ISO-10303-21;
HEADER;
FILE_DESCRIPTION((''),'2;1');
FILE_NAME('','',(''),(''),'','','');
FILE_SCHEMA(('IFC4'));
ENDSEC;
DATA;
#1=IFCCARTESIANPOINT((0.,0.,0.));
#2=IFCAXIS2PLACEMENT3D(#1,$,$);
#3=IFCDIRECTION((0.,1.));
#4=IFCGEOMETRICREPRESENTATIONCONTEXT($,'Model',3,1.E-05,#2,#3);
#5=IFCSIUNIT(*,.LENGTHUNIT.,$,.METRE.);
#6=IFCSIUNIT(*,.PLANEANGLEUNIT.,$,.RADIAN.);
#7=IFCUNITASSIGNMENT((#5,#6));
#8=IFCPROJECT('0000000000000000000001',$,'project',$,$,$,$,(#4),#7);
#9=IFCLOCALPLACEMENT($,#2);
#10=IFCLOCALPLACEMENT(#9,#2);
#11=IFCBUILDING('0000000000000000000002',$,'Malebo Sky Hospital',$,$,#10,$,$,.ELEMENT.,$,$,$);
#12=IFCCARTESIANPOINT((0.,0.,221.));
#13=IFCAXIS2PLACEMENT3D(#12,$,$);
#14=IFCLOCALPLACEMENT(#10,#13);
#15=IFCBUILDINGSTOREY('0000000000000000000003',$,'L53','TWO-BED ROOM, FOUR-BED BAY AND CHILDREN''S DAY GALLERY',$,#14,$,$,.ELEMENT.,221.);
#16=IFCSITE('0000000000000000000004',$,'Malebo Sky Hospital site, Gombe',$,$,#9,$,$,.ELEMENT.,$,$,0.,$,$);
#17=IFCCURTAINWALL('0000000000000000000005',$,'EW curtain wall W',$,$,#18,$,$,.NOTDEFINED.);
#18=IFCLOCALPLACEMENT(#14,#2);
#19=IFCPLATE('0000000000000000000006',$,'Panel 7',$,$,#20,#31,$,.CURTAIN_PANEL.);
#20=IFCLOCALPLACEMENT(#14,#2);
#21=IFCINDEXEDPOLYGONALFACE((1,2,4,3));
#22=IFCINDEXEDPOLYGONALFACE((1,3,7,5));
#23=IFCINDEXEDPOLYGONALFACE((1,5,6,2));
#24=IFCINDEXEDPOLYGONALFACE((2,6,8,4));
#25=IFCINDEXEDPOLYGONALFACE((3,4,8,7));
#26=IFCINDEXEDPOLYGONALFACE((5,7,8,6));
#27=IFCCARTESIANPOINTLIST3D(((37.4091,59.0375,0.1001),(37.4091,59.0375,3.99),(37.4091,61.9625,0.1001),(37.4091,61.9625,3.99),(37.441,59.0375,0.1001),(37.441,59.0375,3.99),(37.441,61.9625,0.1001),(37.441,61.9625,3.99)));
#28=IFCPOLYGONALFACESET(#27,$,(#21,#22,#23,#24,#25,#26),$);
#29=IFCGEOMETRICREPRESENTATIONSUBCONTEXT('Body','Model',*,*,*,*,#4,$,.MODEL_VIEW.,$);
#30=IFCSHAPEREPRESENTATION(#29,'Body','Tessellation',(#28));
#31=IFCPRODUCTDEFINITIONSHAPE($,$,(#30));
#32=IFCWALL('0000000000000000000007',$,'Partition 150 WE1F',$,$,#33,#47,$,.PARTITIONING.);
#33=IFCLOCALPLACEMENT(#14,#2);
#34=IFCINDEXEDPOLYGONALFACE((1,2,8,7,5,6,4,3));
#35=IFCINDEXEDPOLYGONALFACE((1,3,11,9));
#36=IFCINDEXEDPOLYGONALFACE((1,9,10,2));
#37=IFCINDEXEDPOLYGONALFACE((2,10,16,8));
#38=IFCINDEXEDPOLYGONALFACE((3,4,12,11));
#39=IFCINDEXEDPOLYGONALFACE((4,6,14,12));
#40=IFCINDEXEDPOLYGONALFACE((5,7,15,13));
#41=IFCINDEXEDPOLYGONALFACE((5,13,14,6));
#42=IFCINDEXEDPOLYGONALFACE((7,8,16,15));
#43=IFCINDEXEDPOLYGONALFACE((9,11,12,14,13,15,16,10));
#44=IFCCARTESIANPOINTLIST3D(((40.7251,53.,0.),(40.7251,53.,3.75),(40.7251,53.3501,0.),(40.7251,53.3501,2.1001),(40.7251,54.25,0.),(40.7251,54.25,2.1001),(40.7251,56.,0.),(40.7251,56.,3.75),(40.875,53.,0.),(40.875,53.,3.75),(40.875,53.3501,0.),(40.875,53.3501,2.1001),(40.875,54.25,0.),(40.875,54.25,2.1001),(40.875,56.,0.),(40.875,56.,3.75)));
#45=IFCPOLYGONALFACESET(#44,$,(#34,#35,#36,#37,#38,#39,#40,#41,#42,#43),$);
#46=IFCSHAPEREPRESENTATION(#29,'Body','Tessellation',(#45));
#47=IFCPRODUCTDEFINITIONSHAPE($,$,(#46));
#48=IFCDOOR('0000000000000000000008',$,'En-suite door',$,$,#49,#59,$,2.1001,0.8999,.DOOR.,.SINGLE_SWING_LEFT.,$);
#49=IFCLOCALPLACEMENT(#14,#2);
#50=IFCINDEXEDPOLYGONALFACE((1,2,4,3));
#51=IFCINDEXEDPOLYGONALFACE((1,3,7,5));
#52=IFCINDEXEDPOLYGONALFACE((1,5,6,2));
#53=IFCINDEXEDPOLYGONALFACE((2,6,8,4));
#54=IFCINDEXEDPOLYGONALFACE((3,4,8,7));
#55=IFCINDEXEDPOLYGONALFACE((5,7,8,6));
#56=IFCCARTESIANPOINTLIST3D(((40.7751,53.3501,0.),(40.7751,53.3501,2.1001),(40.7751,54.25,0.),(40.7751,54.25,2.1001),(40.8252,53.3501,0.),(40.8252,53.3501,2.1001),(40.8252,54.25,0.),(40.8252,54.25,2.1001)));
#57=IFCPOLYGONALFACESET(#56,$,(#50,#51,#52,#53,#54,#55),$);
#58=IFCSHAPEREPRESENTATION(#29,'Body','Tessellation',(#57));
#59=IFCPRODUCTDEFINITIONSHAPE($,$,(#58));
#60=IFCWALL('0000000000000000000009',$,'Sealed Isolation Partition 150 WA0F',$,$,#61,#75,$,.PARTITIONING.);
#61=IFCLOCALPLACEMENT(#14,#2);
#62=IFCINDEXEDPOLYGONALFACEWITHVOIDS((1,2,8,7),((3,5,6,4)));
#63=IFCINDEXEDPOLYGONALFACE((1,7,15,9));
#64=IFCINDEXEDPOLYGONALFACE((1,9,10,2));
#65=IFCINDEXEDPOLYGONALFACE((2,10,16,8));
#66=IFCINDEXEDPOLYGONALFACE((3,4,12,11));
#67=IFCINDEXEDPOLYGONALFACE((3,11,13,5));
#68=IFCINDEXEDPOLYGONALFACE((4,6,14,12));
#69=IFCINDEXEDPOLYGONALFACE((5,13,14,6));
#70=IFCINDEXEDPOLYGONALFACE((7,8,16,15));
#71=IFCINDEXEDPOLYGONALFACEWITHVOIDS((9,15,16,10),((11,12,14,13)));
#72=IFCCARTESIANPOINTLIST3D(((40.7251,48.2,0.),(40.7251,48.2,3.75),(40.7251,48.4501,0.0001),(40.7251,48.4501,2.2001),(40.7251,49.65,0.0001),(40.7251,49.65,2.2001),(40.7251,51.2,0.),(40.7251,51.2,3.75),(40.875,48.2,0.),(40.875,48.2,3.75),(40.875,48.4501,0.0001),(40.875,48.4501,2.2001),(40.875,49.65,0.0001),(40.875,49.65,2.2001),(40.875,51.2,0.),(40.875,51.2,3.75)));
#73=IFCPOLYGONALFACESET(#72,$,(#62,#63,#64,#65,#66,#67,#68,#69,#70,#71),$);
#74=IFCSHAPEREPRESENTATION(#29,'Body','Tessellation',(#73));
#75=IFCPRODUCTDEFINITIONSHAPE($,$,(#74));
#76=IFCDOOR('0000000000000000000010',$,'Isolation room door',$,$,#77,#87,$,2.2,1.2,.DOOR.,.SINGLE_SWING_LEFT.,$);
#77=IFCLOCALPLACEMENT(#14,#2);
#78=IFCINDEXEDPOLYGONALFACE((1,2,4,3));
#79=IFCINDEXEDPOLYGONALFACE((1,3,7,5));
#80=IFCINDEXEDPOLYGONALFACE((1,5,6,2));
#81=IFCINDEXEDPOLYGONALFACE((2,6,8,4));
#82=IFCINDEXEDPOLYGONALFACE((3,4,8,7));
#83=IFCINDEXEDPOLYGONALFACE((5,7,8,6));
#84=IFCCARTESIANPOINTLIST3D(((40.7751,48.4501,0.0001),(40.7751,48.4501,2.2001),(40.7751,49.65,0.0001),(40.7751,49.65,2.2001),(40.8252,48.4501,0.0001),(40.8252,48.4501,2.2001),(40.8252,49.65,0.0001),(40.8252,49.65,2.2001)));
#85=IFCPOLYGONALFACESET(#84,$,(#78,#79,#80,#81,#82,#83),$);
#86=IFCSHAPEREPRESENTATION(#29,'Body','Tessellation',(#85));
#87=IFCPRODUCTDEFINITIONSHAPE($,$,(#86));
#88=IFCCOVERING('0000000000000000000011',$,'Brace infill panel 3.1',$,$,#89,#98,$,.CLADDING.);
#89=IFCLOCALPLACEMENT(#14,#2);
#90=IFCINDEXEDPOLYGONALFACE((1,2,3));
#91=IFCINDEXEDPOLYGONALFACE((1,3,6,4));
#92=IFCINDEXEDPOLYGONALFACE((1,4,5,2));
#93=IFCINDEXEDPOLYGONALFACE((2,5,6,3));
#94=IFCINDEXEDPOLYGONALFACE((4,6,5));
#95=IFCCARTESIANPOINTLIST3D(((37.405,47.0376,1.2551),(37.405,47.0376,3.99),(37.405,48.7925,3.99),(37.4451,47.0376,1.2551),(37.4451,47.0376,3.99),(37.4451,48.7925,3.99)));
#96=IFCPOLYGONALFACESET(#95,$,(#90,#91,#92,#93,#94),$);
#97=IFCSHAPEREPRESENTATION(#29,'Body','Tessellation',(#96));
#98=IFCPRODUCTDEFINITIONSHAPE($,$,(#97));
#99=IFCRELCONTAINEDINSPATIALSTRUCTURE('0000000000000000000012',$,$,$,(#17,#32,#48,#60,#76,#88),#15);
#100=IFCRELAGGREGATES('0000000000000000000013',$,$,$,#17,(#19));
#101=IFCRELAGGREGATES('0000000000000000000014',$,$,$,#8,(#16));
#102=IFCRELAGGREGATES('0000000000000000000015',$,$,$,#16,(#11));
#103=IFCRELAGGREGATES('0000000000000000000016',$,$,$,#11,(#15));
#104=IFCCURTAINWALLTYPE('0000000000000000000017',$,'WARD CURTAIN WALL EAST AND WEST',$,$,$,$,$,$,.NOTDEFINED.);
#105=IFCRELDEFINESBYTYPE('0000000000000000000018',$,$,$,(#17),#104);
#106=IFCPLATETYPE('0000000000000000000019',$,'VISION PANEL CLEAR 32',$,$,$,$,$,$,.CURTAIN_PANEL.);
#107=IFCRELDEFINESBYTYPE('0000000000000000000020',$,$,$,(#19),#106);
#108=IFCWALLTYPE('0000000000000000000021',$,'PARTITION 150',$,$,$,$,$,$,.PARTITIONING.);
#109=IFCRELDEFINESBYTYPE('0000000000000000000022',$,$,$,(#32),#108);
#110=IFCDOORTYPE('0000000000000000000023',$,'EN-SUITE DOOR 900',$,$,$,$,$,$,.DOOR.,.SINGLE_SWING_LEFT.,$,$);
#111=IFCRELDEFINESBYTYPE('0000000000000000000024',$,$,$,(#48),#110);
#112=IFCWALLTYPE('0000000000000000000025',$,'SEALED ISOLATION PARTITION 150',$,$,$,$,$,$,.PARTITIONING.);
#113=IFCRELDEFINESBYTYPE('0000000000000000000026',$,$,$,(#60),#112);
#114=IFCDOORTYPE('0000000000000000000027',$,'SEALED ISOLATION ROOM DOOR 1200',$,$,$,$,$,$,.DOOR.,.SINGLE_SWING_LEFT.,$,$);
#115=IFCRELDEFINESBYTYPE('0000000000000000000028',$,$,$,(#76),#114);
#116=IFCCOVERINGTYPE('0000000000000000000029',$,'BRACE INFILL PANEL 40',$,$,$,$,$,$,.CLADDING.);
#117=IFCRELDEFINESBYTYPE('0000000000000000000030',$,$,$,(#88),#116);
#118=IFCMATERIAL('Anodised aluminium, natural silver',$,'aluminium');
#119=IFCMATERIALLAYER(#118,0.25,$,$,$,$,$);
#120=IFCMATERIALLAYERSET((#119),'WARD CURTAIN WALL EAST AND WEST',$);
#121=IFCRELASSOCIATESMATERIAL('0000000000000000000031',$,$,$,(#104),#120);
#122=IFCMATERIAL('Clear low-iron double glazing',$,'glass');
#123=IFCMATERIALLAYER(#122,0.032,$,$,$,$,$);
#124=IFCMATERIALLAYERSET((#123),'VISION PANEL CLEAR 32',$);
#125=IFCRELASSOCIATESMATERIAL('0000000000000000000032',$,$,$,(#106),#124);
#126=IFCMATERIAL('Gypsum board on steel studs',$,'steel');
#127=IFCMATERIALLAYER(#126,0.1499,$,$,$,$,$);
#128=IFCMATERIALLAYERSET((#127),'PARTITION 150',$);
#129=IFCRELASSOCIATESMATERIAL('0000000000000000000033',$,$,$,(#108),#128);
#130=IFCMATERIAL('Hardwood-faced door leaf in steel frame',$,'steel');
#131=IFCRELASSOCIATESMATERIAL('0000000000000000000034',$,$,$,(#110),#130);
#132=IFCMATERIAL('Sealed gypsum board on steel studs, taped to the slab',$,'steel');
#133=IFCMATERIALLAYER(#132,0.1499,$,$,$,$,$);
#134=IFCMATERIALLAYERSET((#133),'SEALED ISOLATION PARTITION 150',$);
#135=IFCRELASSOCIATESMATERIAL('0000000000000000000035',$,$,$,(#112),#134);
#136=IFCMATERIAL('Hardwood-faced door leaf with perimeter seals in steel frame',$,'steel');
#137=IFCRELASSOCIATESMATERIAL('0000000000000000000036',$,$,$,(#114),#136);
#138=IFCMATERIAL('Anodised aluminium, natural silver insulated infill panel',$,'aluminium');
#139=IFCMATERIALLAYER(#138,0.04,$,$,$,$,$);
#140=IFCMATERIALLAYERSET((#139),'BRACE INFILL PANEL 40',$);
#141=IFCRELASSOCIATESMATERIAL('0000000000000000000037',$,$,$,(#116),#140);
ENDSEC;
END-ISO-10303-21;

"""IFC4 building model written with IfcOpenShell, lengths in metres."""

from ifc_helpers import new_model, si_unit, direction, frame, frame_2d, origin, origin_2d, place, context, subcontext, project, spatial, polyline, rectangle, outline, extrude, material, layer, layer_set, type_object, element, fill, aggregate, save


model = new_model("IFC4")

# Units and contexts
model_context = context("Model", 3, precision=1e-05, world=origin(), true_north=direction((0.0, 1.0)))
body_context = subcontext(model_context, "Body", "Model", "MODEL_VIEW")
ifc_project = project(units=[si_unit("LENGTHUNIT", "METRE"), si_unit("PLANEANGLEUNIT", "RADIAN")], contexts=[model_context])

# Site, building, storey
site_placement = place(None, origin())
site = spatial("IfcSite", under=ifc_project, at=site_placement, Name="Malebo Sky Hospital site, Gombe", CompositionType="ELEMENT", RefElevation=0.0)
building_placement = place(site_placement, origin())
building = spatial("IfcBuilding", under=site, at=building_placement, Name="Malebo Sky Hospital", CompositionType="ELEMENT")
storey_placement = place(building_placement, frame((0.0, 0.0, 221.0)))
storey = spatial("IfcBuildingStorey", under=building, at=storey_placement, Name="L53", Description="TWO-BED ROOM, FOUR-BED BAY AND CHILDREN'S DAY GALLERY", CompositionType="ELEMENT", Elevation=221.0)

# Curtain wall
ifc_material_1 = material(Name="Anodised aluminium, natural silver", Category="aluminium")
ifc_layer_1 = layer(ifc_material_1, 0.25)
ifc_layer_set_1 = layer_set([ifc_layer_1], Name="WARD CURTAIN WALL EAST AND WEST")
curtain_wall_type = type_object("IfcCurtainWallType", Name="WARD CURTAIN WALL EAST AND WEST", PredefinedType="NOTDEFINED", material=ifc_layer_set_1)
curtain_wall_placement = place(storey_placement, origin())
curtain_wall = element("IfcCurtainWall", 1, at=curtain_wall_placement, inside=storey, type_object=curtain_wall_type, Name="EW curtain wall W", PredefinedType="NOTDEFINED")

# Plate
ifc_material_2 = material(Name="Clear low-iron double glazing", Category="glass")
ifc_layer_2 = layer(ifc_material_2, 0.032)
ifc_layer_set_2 = layer_set([ifc_layer_2], Name="VISION PANEL CLEAR 32")
plate_type = type_object("IfcPlateType", Name="VISION PANEL CLEAR 32", PredefinedType="CURTAIN_PANEL", material=ifc_layer_set_2)
plate_1_placement = place(storey_placement, frame((37.425, 60.5, 0.1001), z_axis=(0.0, 0.0, 1.0), x_axis=(0.0, 1.0, 0.0)))
plate_1 = element("IfcPlate", 2, at=plate_1_placement, type_object=plate_type, Name="Panel 7", PredefinedType="CURTAIN_PANEL", context=body_context, shape_type="SweptSolid", body=[
    extrude(rectangle(XDim=2.925, YDim=0.032, at=origin_2d()), origin(), (0.0, 0.0, 1.0), 3.8899),
])
aggregate(curtain_wall, [plate_1])

# Walls, openings, doors
ifc_material_3 = material(Name="Gypsum board on steel studs", Category="steel")
ifc_layer_3 = layer(ifc_material_3, 0.1499)
ifc_layer_set_3 = layer_set([ifc_layer_3], Name="PARTITION 150")
wall_type_1 = type_object("IfcWallType", Name="PARTITION 150", PredefinedType="PARTITIONING", material=ifc_layer_set_3)
wall_1_placement = place(storey_placement, frame((40.8, 53.0, 0.0), z_axis=(0.0, 0.0, 1.0), x_axis=(0.0, 1.0, 0.0)))
wall_1 = element("IfcWall", 3, at=wall_1_placement, inside=storey, type_object=wall_type_1, Name="Partition 150 WE1F", PredefinedType="PARTITIONING", context=body_context, shape_type="SweptSolid", body=[
    extrude(rectangle(XDim=3.0, YDim=0.1499, at=frame_2d((1.5, 0.0))), origin(), (0.0, 0.0, 1.0), 3.75),
])
opening_1_placement = place(wall_1_placement, frame((0.3501, 0.0, 0.0)))
opening_1 = element("IfcOpeningElement", 4, at=opening_1_placement, cuts=wall_1, PredefinedType="OPENING", context=body_context, shape_type="SweptSolid", body=[
    extrude(rectangle(XDim=0.8999, YDim=2.1001, at=frame_2d((0.45, 1.05))), frame((0.0, 0.085, 0.0), z_axis=(0.0, -1.0, 0.0), x_axis=(1.0, 0.0, 0.0)), (0.0, 0.0, 1.0), 0.1699),
])
ifc_material_4 = material(Name="Hardwood-faced door leaf in steel frame", Category="steel")
door_type_1 = type_object("IfcDoorType", Name="EN-SUITE DOOR 900", OperationType="SINGLE_SWING_LEFT", PredefinedType="DOOR", material=ifc_material_4)
door_1_placement = place(opening_1_placement, origin())
door_1 = element("IfcDoor", 5, at=door_1_placement, inside=storey, type_object=door_type_1, Name="En-suite door", OperationType="SINGLE_SWING_LEFT", OverallHeight=2.1001, OverallWidth=0.8999, PredefinedType="DOOR", context=body_context, shape_type="SweptSolid", body=[
    extrude(rectangle(XDim=0.8999, YDim=2.1001, at=frame_2d((0.45, 1.05))), frame((0.0, 0.0249, 0.0), z_axis=(0.0, -1.0, 0.0), x_axis=(1.0, 0.0, 0.0)), (0.0, 0.0, 1.0), 0.05),
])
fill(opening_1, door_1)
ifc_material_5 = material(Name="Sealed gypsum board on steel studs, taped to the slab", Category="steel")
ifc_layer_4 = layer(ifc_material_5, 0.1499)
ifc_layer_set_4 = layer_set([ifc_layer_4], Name="SEALED ISOLATION PARTITION 150")
wall_type_2 = type_object("IfcWallType", Name="SEALED ISOLATION PARTITION 150", PredefinedType="PARTITIONING", material=ifc_layer_set_4)
wall_2_placement = place(storey_placement, frame((40.8, 48.2, 0.0), z_axis=(0.0, 0.0, 1.0), x_axis=(0.0, 1.0, 0.0)))
wall_2 = element("IfcWall", 6, at=wall_2_placement, inside=storey, type_object=wall_type_2, Name="Sealed Isolation Partition 150 WA0F", PredefinedType="PARTITIONING", context=body_context, shape_type="SweptSolid", body=[
    extrude(rectangle(XDim=3.0, YDim=0.1499, at=frame_2d((1.5, 0.0))), origin(), (0.0, 0.0, 1.0), 3.75),
])
opening_2_placement = place(wall_2_placement, frame((0.25, 0.0, 0.0)))
opening_2 = element("IfcOpeningElement", 7, at=opening_2_placement, cuts=wall_2, PredefinedType="OPENING", context=body_context, shape_type="SweptSolid", body=[
    extrude(rectangle(XDim=1.2, YDim=2.2, at=frame_2d((0.6001, 1.1001))), frame((0.0, 0.085, 0.0), z_axis=(0.0, -1.0, 0.0), x_axis=(1.0, 0.0, 0.0)), (0.0, 0.0, 1.0), 0.1699),
])
ifc_material_6 = material(Name="Hardwood-faced door leaf with perimeter seals in steel frame", Category="steel")
door_type_2 = type_object("IfcDoorType", Name="SEALED ISOLATION ROOM DOOR 1200", OperationType="SINGLE_SWING_LEFT", PredefinedType="DOOR", material=ifc_material_6)
door_2_placement = place(opening_2_placement, origin())
door_2 = element("IfcDoor", 8, at=door_2_placement, inside=storey, type_object=door_type_2, Name="Isolation room door", OperationType="SINGLE_SWING_LEFT", OverallHeight=2.2, OverallWidth=1.2, PredefinedType="DOOR", context=body_context, shape_type="SweptSolid", body=[
    extrude(rectangle(XDim=1.2, YDim=2.2, at=frame_2d((0.6001, 1.1001))), frame((0.0, 0.0249, 0.0), z_axis=(0.0, -1.0, 0.0), x_axis=(1.0, 0.0, 0.0)), (0.0, 0.0, 1.0), 0.05),
])
fill(opening_2, door_2)

# Covering
ifc_material_7 = material(Name="Anodised aluminium, natural silver insulated infill panel", Category="aluminium")
ifc_layer_5 = layer(ifc_material_7, 0.04)
ifc_layer_set_5 = layer_set([ifc_layer_5], Name="BRACE INFILL PANEL 40")
covering_type = type_object("IfcCoveringType", Name="BRACE INFILL PANEL 40", PredefinedType="CLADDING", material=ifc_layer_set_5)
covering_placement = place(storey_placement, frame((37.425, 47.915, 1.2551), z_axis=(0.0, 0.0, 1.0), x_axis=(0.0, 1.0, 0.0)))
element("IfcCovering", 9, at=covering_placement, inside=storey, type_object=covering_type, Name="Brace infill panel 3.1", PredefinedType="CLADDING", context=body_context, shape_type="SweptSolid", body=[
    extrude(outline(polyline([(-0.8774, 0.0), (0.8774, 2.7349), (-0.8774, 2.7349), (-0.8774, 0.0)])), frame((0.0, 0.02, 0.0), z_axis=(0.0, -1.0, 0.0), x_axis=(1.0, 0.0, 0.0)), (0.0, 0.0, 1.0), 0.04),
])

save(model, "model.ifc")
